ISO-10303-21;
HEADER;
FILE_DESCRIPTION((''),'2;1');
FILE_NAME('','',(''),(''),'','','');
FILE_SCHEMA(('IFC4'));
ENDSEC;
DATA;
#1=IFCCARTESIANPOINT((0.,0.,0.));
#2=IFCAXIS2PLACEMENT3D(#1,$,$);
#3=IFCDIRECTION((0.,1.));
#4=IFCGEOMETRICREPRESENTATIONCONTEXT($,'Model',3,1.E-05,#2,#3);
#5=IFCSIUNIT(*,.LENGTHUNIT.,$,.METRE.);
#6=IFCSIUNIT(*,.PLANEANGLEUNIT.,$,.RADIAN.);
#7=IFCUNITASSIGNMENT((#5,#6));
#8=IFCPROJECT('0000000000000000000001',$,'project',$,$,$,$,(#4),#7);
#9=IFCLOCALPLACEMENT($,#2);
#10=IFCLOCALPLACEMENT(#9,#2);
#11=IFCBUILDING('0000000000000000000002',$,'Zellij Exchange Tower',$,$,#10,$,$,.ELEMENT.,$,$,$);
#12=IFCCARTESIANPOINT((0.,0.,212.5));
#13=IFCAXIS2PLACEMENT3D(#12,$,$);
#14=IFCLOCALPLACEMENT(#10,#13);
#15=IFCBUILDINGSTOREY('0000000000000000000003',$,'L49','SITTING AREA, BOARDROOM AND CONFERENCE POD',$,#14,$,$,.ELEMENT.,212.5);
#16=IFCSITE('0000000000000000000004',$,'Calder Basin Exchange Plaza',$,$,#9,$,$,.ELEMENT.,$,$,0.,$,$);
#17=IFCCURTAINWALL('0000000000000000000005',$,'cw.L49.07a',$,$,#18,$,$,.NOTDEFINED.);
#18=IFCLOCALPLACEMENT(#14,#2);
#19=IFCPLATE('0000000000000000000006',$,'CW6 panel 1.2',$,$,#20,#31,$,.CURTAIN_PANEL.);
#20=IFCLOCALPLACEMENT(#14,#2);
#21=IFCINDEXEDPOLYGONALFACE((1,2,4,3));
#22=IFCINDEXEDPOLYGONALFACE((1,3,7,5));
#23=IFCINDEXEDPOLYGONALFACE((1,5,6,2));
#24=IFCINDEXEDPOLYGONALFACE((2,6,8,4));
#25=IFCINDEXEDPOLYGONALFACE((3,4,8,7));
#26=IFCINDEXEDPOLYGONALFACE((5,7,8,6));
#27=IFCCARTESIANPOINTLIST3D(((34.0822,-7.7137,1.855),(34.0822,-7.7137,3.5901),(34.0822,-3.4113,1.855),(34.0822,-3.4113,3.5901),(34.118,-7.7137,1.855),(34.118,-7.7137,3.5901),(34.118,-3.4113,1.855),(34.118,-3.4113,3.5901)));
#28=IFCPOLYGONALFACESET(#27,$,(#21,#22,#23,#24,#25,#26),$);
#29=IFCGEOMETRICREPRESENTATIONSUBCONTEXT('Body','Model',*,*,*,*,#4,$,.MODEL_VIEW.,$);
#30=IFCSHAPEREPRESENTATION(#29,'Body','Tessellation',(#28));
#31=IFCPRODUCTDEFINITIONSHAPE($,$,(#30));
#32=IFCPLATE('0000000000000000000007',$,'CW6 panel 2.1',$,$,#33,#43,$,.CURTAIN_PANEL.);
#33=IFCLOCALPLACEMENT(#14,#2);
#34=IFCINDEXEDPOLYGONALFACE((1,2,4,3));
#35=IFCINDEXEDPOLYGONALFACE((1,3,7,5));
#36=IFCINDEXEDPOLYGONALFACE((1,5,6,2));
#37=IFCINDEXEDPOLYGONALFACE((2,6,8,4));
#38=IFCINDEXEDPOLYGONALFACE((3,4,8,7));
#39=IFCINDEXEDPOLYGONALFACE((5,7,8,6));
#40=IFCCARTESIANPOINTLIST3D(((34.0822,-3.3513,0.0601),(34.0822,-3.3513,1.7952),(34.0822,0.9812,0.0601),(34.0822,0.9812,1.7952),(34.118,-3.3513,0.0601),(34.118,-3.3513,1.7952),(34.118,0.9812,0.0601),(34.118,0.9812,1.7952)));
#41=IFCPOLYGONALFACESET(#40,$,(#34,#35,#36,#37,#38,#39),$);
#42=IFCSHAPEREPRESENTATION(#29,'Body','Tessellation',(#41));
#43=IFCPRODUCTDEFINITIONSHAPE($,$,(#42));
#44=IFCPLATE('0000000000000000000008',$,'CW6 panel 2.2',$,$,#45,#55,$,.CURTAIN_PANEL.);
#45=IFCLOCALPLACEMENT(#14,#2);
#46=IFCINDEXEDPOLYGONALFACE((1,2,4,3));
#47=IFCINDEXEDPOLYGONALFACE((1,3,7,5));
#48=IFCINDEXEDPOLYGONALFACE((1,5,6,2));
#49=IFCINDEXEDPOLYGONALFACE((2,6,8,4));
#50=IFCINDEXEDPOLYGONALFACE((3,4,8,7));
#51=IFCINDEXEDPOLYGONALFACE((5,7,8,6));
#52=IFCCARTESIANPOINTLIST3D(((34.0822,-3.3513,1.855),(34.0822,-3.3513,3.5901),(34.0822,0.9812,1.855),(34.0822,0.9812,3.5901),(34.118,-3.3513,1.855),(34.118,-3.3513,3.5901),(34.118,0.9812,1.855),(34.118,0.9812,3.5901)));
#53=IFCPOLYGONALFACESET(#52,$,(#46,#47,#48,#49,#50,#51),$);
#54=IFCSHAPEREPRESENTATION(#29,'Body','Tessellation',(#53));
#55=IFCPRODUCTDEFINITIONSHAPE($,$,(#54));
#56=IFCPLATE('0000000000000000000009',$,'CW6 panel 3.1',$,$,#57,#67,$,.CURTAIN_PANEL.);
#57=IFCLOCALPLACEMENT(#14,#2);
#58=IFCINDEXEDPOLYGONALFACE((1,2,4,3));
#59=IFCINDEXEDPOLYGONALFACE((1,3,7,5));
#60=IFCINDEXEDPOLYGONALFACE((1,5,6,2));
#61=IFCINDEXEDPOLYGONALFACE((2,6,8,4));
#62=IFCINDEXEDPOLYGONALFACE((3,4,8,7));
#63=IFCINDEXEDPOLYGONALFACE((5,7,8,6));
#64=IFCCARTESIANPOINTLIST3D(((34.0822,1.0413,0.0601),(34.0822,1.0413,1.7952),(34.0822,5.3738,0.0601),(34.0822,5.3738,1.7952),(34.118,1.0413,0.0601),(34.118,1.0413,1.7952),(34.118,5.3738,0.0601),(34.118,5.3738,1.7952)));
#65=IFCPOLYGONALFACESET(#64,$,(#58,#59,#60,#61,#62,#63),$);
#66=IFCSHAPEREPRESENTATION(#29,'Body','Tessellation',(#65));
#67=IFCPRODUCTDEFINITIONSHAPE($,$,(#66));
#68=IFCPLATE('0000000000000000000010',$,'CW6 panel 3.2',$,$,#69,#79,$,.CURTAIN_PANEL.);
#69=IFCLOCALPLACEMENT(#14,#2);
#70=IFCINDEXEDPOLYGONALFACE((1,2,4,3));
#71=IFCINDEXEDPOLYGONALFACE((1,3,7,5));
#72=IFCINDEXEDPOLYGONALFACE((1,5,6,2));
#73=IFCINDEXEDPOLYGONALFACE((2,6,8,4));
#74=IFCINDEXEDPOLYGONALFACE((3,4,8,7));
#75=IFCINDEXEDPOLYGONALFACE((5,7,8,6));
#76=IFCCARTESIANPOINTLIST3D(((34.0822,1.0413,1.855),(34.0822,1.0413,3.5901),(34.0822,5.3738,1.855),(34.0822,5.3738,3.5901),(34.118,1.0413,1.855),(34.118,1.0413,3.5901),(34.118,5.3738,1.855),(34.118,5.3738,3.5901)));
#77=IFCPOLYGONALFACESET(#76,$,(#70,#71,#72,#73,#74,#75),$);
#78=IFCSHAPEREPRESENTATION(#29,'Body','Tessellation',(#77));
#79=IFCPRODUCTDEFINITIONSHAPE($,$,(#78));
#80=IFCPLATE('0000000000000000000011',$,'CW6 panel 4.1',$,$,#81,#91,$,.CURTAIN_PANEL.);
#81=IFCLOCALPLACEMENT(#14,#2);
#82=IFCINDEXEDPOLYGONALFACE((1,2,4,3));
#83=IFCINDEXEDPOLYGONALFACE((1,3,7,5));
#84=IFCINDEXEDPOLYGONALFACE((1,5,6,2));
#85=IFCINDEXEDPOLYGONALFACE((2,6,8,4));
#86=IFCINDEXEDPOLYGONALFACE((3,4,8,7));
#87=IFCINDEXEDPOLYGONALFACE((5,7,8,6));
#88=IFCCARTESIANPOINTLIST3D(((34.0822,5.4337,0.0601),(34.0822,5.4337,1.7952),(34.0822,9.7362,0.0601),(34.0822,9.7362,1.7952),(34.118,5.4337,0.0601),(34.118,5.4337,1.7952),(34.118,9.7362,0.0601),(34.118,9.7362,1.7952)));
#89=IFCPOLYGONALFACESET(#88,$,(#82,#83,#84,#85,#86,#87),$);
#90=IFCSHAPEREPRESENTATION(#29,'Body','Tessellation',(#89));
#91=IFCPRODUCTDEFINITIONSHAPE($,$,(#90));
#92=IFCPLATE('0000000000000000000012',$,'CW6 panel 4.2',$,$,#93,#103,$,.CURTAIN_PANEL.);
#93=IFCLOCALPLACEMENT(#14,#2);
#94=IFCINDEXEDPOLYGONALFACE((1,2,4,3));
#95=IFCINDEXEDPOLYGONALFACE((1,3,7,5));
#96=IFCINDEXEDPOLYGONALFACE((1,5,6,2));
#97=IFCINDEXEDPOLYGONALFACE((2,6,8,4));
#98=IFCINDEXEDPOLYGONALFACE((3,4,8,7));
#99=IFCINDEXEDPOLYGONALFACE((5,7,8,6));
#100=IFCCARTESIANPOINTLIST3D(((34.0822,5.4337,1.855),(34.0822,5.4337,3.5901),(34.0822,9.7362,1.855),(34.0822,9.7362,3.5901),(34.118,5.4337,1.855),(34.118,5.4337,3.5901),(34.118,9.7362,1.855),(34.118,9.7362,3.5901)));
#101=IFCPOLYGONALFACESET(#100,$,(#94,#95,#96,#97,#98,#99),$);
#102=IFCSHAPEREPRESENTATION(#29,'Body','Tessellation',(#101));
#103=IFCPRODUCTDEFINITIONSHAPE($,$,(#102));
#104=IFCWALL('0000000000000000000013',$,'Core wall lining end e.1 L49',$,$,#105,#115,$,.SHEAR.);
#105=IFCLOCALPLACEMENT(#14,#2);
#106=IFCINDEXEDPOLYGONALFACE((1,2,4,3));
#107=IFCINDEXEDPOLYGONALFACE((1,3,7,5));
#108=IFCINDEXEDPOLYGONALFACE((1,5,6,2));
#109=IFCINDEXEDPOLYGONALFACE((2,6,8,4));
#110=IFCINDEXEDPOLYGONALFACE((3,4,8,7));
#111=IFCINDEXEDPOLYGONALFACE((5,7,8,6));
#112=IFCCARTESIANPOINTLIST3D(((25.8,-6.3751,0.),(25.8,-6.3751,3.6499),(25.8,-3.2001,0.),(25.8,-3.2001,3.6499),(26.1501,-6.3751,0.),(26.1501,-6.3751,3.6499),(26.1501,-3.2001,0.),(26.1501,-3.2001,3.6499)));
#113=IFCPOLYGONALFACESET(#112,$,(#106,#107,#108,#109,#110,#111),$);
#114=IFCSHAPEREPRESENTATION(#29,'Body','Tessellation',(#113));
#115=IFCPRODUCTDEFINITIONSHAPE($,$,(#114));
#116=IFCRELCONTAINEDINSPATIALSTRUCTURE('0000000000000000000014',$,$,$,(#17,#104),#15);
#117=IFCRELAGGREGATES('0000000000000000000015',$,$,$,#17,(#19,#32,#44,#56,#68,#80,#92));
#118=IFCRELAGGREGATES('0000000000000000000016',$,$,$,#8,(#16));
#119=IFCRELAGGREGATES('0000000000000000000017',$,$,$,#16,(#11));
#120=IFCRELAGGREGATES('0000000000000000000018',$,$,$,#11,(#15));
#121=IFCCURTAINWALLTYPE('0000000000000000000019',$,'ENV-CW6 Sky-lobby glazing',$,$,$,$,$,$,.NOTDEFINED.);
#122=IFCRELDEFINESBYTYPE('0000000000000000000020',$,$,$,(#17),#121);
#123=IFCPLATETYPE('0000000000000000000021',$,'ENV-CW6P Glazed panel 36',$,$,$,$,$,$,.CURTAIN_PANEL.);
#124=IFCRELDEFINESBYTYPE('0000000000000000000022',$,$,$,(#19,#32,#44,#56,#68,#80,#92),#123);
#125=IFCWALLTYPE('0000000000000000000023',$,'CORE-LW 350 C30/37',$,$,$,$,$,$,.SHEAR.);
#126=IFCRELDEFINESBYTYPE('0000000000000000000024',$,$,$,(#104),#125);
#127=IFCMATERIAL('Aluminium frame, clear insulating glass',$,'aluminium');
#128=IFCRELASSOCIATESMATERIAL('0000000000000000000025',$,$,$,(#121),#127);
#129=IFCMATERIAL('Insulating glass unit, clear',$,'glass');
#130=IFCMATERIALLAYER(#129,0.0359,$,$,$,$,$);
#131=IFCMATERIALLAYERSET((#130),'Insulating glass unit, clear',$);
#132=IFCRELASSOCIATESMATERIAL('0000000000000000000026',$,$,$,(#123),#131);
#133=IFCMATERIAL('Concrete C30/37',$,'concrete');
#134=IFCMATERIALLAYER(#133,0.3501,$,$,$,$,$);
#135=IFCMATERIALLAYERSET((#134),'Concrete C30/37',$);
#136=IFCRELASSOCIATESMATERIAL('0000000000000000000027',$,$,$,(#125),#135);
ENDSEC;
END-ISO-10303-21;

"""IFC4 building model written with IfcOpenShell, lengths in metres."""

from ifc_helpers import new_model, si_unit, direction, frame, frame_2d, origin, origin_2d, place, context, subcontext, project, spatial, rectangle, extrude, material, layer, layer_set, type_object, element, aggregate, save


model = new_model("IFC4")

# Units and contexts
model_context = context("Model", 3, precision=1e-05, world=origin(), true_north=direction((0.0, 1.0)))
body_context = subcontext(model_context, "Body", "Model", "MODEL_VIEW")
ifc_project = project(units=[si_unit("LENGTHUNIT", "METRE"), si_unit("PLANEANGLEUNIT", "RADIAN")], contexts=[model_context])

# Site, building, storey
site_placement = place(None, origin())
site = spatial("IfcSite", under=ifc_project, at=site_placement, Name="Calder Basin Exchange Plaza", CompositionType="ELEMENT", RefElevation=0.0)
building_placement = place(site_placement, origin())
building = spatial("IfcBuilding", under=site, at=building_placement, Name="Zellij Exchange Tower", CompositionType="ELEMENT")
storey_placement = place(building_placement, frame((0.0, 0.0, 212.5)))
storey = spatial("IfcBuildingStorey", under=building, at=storey_placement, Name="L49", Description="SITTING AREA, BOARDROOM AND CONFERENCE POD", CompositionType="ELEMENT", Elevation=212.5)

# Curtain wall
ifc_material_1 = material(Name="Aluminium frame, clear insulating glass", Category="aluminium")
curtain_wall_type = type_object("IfcCurtainWallType", Name="ENV-CW6 Sky-lobby glazing", PredefinedType="NOTDEFINED", material=ifc_material_1)
curtain_wall_placement = place(storey_placement, origin())
curtain_wall = element("IfcCurtainWall", 1, at=curtain_wall_placement, inside=storey, type_object=curtain_wall_type, Name="cw.L49.07a", PredefinedType="NOTDEFINED")

# Plates
ifc_material_2 = material(Name="Insulating glass unit, clear", Category="glass")
ifc_layer_1 = layer(ifc_material_2, 0.0359)
ifc_layer_set_1 = layer_set([ifc_layer_1], Name="Insulating glass unit, clear")
plate_type = type_object("IfcPlateType", Name="ENV-CW6P Glazed panel 36", PredefinedType="CURTAIN_PANEL", material=ifc_layer_set_1)
plate_1_placement = place(storey_placement, frame((34.1001, -5.5625, 1.855), z_axis=(0.0, 0.0, 1.0), x_axis=(0.0, 1.0, 0.0)))
plate_1 = element("IfcPlate", 2, at=plate_1_placement, type_object=plate_type, Name="CW6 panel 1.2", PredefinedType="CURTAIN_PANEL", context=body_context, shape_type="SweptSolid", body=[
    extrude(rectangle(XDim=4.3025, YDim=0.0359, at=origin_2d()), origin(), (0.0, 0.0, 1.0), 1.7351),
])
plate_2_placement = place(storey_placement, frame((34.1001, -1.1851, 0.0601), z_axis=(0.0, 0.0, 1.0), x_axis=(0.0, 1.0, 0.0)))
plate_2 = element("IfcPlate", 3, at=plate_2_placement, type_object=plate_type, Name="CW6 panel 2.1", PredefinedType="CURTAIN_PANEL", context=body_context, shape_type="SweptSolid", body=[
    extrude(rectangle(XDim=4.3325, YDim=0.0359, at=origin_2d()), origin(), (0.0, 0.0, 1.0), 1.7351),
])
plate_3_placement = place(storey_placement, frame((34.1001, -1.1851, 1.855), z_axis=(0.0, 0.0, 1.0), x_axis=(0.0, 1.0, 0.0)))
plate_3 = element("IfcPlate", 4, at=plate_3_placement, type_object=plate_type, Name="CW6 panel 2.2", PredefinedType="CURTAIN_PANEL", context=body_context, shape_type="SweptSolid", body=[
    extrude(rectangle(XDim=4.3325, YDim=0.0359, at=origin_2d()), origin(), (0.0, 0.0, 1.0), 1.7351),
])
plate_4_placement = place(storey_placement, frame((34.1001, 3.2075, 0.0601), z_axis=(0.0, 0.0, 1.0), x_axis=(0.0, 1.0, 0.0)))
plate_4 = element("IfcPlate", 5, at=plate_4_placement, type_object=plate_type, Name="CW6 panel 3.1", PredefinedType="CURTAIN_PANEL", context=body_context, shape_type="SweptSolid", body=[
    extrude(rectangle(XDim=4.3325, YDim=0.0359, at=origin_2d()), origin(), (0.0, 0.0, 1.0), 1.7351),
])
plate_5_placement = place(storey_placement, frame((34.1001, 3.2075, 1.855), z_axis=(0.0, 0.0, 1.0), x_axis=(0.0, 1.0, 0.0)))
plate_5 = element("IfcPlate", 6, at=plate_5_placement, type_object=plate_type, Name="CW6 panel 3.2", PredefinedType="CURTAIN_PANEL", context=body_context, shape_type="SweptSolid", body=[
    extrude(rectangle(XDim=4.3325, YDim=0.0359, at=origin_2d()), origin(), (0.0, 0.0, 1.0), 1.7351),
])
plate_6_placement = place(storey_placement, frame((34.1001, 7.585, 0.0601), z_axis=(0.0, 0.0, 1.0), x_axis=(0.0, 1.0, 0.0)))
plate_6 = element("IfcPlate", 7, at=plate_6_placement, type_object=plate_type, Name="CW6 panel 4.1", PredefinedType="CURTAIN_PANEL", context=body_context, shape_type="SweptSolid", body=[
    extrude(rectangle(XDim=4.3025, YDim=0.0359, at=origin_2d()), origin(), (0.0, 0.0, 1.0), 1.7351),
])
plate_7_placement = place(storey_placement, frame((34.1001, 7.585, 1.855), z_axis=(0.0, 0.0, 1.0), x_axis=(0.0, 1.0, 0.0)))
plate_7 = element("IfcPlate", 8, at=plate_7_placement, type_object=plate_type, Name="CW6 panel 4.2", PredefinedType="CURTAIN_PANEL", context=body_context, shape_type="SweptSolid", body=[
    extrude(rectangle(XDim=4.3025, YDim=0.0359, at=origin_2d()), origin(), (0.0, 0.0, 1.0), 1.7351),
])
aggregate(curtain_wall, [plate_1, plate_2, plate_3, plate_4, plate_5, plate_6, plate_7])

# Wall
ifc_material_3 = material(Name="Concrete C30/37", Category="concrete")
ifc_layer_2 = layer(ifc_material_3, 0.3501)
ifc_layer_set_2 = layer_set([ifc_layer_2], Name="Concrete C30/37")
wall_type = type_object("IfcWallType", Name="CORE-LW 350 C30/37", PredefinedType="SHEAR", material=ifc_layer_set_2)
wall_placement = place(storey_placement, frame((25.9751, -6.375, 0.0), z_axis=(0.0, 0.0, 1.0), x_axis=(0.0, 1.0, 0.0)))
element("IfcWall", 9, at=wall_placement, inside=storey, type_object=wall_type, Name="Core wall lining end e.1 L49", PredefinedType="SHEAR", context=body_context, shape_type="SweptSolid", body=[
    extrude(rectangle(XDim=3.175, YDim=0.3501, at=frame_2d((1.5874, 0.0))), origin(), (0.0, 0.0, 1.0), 3.6499),
])

save(model, "model.ifc")
